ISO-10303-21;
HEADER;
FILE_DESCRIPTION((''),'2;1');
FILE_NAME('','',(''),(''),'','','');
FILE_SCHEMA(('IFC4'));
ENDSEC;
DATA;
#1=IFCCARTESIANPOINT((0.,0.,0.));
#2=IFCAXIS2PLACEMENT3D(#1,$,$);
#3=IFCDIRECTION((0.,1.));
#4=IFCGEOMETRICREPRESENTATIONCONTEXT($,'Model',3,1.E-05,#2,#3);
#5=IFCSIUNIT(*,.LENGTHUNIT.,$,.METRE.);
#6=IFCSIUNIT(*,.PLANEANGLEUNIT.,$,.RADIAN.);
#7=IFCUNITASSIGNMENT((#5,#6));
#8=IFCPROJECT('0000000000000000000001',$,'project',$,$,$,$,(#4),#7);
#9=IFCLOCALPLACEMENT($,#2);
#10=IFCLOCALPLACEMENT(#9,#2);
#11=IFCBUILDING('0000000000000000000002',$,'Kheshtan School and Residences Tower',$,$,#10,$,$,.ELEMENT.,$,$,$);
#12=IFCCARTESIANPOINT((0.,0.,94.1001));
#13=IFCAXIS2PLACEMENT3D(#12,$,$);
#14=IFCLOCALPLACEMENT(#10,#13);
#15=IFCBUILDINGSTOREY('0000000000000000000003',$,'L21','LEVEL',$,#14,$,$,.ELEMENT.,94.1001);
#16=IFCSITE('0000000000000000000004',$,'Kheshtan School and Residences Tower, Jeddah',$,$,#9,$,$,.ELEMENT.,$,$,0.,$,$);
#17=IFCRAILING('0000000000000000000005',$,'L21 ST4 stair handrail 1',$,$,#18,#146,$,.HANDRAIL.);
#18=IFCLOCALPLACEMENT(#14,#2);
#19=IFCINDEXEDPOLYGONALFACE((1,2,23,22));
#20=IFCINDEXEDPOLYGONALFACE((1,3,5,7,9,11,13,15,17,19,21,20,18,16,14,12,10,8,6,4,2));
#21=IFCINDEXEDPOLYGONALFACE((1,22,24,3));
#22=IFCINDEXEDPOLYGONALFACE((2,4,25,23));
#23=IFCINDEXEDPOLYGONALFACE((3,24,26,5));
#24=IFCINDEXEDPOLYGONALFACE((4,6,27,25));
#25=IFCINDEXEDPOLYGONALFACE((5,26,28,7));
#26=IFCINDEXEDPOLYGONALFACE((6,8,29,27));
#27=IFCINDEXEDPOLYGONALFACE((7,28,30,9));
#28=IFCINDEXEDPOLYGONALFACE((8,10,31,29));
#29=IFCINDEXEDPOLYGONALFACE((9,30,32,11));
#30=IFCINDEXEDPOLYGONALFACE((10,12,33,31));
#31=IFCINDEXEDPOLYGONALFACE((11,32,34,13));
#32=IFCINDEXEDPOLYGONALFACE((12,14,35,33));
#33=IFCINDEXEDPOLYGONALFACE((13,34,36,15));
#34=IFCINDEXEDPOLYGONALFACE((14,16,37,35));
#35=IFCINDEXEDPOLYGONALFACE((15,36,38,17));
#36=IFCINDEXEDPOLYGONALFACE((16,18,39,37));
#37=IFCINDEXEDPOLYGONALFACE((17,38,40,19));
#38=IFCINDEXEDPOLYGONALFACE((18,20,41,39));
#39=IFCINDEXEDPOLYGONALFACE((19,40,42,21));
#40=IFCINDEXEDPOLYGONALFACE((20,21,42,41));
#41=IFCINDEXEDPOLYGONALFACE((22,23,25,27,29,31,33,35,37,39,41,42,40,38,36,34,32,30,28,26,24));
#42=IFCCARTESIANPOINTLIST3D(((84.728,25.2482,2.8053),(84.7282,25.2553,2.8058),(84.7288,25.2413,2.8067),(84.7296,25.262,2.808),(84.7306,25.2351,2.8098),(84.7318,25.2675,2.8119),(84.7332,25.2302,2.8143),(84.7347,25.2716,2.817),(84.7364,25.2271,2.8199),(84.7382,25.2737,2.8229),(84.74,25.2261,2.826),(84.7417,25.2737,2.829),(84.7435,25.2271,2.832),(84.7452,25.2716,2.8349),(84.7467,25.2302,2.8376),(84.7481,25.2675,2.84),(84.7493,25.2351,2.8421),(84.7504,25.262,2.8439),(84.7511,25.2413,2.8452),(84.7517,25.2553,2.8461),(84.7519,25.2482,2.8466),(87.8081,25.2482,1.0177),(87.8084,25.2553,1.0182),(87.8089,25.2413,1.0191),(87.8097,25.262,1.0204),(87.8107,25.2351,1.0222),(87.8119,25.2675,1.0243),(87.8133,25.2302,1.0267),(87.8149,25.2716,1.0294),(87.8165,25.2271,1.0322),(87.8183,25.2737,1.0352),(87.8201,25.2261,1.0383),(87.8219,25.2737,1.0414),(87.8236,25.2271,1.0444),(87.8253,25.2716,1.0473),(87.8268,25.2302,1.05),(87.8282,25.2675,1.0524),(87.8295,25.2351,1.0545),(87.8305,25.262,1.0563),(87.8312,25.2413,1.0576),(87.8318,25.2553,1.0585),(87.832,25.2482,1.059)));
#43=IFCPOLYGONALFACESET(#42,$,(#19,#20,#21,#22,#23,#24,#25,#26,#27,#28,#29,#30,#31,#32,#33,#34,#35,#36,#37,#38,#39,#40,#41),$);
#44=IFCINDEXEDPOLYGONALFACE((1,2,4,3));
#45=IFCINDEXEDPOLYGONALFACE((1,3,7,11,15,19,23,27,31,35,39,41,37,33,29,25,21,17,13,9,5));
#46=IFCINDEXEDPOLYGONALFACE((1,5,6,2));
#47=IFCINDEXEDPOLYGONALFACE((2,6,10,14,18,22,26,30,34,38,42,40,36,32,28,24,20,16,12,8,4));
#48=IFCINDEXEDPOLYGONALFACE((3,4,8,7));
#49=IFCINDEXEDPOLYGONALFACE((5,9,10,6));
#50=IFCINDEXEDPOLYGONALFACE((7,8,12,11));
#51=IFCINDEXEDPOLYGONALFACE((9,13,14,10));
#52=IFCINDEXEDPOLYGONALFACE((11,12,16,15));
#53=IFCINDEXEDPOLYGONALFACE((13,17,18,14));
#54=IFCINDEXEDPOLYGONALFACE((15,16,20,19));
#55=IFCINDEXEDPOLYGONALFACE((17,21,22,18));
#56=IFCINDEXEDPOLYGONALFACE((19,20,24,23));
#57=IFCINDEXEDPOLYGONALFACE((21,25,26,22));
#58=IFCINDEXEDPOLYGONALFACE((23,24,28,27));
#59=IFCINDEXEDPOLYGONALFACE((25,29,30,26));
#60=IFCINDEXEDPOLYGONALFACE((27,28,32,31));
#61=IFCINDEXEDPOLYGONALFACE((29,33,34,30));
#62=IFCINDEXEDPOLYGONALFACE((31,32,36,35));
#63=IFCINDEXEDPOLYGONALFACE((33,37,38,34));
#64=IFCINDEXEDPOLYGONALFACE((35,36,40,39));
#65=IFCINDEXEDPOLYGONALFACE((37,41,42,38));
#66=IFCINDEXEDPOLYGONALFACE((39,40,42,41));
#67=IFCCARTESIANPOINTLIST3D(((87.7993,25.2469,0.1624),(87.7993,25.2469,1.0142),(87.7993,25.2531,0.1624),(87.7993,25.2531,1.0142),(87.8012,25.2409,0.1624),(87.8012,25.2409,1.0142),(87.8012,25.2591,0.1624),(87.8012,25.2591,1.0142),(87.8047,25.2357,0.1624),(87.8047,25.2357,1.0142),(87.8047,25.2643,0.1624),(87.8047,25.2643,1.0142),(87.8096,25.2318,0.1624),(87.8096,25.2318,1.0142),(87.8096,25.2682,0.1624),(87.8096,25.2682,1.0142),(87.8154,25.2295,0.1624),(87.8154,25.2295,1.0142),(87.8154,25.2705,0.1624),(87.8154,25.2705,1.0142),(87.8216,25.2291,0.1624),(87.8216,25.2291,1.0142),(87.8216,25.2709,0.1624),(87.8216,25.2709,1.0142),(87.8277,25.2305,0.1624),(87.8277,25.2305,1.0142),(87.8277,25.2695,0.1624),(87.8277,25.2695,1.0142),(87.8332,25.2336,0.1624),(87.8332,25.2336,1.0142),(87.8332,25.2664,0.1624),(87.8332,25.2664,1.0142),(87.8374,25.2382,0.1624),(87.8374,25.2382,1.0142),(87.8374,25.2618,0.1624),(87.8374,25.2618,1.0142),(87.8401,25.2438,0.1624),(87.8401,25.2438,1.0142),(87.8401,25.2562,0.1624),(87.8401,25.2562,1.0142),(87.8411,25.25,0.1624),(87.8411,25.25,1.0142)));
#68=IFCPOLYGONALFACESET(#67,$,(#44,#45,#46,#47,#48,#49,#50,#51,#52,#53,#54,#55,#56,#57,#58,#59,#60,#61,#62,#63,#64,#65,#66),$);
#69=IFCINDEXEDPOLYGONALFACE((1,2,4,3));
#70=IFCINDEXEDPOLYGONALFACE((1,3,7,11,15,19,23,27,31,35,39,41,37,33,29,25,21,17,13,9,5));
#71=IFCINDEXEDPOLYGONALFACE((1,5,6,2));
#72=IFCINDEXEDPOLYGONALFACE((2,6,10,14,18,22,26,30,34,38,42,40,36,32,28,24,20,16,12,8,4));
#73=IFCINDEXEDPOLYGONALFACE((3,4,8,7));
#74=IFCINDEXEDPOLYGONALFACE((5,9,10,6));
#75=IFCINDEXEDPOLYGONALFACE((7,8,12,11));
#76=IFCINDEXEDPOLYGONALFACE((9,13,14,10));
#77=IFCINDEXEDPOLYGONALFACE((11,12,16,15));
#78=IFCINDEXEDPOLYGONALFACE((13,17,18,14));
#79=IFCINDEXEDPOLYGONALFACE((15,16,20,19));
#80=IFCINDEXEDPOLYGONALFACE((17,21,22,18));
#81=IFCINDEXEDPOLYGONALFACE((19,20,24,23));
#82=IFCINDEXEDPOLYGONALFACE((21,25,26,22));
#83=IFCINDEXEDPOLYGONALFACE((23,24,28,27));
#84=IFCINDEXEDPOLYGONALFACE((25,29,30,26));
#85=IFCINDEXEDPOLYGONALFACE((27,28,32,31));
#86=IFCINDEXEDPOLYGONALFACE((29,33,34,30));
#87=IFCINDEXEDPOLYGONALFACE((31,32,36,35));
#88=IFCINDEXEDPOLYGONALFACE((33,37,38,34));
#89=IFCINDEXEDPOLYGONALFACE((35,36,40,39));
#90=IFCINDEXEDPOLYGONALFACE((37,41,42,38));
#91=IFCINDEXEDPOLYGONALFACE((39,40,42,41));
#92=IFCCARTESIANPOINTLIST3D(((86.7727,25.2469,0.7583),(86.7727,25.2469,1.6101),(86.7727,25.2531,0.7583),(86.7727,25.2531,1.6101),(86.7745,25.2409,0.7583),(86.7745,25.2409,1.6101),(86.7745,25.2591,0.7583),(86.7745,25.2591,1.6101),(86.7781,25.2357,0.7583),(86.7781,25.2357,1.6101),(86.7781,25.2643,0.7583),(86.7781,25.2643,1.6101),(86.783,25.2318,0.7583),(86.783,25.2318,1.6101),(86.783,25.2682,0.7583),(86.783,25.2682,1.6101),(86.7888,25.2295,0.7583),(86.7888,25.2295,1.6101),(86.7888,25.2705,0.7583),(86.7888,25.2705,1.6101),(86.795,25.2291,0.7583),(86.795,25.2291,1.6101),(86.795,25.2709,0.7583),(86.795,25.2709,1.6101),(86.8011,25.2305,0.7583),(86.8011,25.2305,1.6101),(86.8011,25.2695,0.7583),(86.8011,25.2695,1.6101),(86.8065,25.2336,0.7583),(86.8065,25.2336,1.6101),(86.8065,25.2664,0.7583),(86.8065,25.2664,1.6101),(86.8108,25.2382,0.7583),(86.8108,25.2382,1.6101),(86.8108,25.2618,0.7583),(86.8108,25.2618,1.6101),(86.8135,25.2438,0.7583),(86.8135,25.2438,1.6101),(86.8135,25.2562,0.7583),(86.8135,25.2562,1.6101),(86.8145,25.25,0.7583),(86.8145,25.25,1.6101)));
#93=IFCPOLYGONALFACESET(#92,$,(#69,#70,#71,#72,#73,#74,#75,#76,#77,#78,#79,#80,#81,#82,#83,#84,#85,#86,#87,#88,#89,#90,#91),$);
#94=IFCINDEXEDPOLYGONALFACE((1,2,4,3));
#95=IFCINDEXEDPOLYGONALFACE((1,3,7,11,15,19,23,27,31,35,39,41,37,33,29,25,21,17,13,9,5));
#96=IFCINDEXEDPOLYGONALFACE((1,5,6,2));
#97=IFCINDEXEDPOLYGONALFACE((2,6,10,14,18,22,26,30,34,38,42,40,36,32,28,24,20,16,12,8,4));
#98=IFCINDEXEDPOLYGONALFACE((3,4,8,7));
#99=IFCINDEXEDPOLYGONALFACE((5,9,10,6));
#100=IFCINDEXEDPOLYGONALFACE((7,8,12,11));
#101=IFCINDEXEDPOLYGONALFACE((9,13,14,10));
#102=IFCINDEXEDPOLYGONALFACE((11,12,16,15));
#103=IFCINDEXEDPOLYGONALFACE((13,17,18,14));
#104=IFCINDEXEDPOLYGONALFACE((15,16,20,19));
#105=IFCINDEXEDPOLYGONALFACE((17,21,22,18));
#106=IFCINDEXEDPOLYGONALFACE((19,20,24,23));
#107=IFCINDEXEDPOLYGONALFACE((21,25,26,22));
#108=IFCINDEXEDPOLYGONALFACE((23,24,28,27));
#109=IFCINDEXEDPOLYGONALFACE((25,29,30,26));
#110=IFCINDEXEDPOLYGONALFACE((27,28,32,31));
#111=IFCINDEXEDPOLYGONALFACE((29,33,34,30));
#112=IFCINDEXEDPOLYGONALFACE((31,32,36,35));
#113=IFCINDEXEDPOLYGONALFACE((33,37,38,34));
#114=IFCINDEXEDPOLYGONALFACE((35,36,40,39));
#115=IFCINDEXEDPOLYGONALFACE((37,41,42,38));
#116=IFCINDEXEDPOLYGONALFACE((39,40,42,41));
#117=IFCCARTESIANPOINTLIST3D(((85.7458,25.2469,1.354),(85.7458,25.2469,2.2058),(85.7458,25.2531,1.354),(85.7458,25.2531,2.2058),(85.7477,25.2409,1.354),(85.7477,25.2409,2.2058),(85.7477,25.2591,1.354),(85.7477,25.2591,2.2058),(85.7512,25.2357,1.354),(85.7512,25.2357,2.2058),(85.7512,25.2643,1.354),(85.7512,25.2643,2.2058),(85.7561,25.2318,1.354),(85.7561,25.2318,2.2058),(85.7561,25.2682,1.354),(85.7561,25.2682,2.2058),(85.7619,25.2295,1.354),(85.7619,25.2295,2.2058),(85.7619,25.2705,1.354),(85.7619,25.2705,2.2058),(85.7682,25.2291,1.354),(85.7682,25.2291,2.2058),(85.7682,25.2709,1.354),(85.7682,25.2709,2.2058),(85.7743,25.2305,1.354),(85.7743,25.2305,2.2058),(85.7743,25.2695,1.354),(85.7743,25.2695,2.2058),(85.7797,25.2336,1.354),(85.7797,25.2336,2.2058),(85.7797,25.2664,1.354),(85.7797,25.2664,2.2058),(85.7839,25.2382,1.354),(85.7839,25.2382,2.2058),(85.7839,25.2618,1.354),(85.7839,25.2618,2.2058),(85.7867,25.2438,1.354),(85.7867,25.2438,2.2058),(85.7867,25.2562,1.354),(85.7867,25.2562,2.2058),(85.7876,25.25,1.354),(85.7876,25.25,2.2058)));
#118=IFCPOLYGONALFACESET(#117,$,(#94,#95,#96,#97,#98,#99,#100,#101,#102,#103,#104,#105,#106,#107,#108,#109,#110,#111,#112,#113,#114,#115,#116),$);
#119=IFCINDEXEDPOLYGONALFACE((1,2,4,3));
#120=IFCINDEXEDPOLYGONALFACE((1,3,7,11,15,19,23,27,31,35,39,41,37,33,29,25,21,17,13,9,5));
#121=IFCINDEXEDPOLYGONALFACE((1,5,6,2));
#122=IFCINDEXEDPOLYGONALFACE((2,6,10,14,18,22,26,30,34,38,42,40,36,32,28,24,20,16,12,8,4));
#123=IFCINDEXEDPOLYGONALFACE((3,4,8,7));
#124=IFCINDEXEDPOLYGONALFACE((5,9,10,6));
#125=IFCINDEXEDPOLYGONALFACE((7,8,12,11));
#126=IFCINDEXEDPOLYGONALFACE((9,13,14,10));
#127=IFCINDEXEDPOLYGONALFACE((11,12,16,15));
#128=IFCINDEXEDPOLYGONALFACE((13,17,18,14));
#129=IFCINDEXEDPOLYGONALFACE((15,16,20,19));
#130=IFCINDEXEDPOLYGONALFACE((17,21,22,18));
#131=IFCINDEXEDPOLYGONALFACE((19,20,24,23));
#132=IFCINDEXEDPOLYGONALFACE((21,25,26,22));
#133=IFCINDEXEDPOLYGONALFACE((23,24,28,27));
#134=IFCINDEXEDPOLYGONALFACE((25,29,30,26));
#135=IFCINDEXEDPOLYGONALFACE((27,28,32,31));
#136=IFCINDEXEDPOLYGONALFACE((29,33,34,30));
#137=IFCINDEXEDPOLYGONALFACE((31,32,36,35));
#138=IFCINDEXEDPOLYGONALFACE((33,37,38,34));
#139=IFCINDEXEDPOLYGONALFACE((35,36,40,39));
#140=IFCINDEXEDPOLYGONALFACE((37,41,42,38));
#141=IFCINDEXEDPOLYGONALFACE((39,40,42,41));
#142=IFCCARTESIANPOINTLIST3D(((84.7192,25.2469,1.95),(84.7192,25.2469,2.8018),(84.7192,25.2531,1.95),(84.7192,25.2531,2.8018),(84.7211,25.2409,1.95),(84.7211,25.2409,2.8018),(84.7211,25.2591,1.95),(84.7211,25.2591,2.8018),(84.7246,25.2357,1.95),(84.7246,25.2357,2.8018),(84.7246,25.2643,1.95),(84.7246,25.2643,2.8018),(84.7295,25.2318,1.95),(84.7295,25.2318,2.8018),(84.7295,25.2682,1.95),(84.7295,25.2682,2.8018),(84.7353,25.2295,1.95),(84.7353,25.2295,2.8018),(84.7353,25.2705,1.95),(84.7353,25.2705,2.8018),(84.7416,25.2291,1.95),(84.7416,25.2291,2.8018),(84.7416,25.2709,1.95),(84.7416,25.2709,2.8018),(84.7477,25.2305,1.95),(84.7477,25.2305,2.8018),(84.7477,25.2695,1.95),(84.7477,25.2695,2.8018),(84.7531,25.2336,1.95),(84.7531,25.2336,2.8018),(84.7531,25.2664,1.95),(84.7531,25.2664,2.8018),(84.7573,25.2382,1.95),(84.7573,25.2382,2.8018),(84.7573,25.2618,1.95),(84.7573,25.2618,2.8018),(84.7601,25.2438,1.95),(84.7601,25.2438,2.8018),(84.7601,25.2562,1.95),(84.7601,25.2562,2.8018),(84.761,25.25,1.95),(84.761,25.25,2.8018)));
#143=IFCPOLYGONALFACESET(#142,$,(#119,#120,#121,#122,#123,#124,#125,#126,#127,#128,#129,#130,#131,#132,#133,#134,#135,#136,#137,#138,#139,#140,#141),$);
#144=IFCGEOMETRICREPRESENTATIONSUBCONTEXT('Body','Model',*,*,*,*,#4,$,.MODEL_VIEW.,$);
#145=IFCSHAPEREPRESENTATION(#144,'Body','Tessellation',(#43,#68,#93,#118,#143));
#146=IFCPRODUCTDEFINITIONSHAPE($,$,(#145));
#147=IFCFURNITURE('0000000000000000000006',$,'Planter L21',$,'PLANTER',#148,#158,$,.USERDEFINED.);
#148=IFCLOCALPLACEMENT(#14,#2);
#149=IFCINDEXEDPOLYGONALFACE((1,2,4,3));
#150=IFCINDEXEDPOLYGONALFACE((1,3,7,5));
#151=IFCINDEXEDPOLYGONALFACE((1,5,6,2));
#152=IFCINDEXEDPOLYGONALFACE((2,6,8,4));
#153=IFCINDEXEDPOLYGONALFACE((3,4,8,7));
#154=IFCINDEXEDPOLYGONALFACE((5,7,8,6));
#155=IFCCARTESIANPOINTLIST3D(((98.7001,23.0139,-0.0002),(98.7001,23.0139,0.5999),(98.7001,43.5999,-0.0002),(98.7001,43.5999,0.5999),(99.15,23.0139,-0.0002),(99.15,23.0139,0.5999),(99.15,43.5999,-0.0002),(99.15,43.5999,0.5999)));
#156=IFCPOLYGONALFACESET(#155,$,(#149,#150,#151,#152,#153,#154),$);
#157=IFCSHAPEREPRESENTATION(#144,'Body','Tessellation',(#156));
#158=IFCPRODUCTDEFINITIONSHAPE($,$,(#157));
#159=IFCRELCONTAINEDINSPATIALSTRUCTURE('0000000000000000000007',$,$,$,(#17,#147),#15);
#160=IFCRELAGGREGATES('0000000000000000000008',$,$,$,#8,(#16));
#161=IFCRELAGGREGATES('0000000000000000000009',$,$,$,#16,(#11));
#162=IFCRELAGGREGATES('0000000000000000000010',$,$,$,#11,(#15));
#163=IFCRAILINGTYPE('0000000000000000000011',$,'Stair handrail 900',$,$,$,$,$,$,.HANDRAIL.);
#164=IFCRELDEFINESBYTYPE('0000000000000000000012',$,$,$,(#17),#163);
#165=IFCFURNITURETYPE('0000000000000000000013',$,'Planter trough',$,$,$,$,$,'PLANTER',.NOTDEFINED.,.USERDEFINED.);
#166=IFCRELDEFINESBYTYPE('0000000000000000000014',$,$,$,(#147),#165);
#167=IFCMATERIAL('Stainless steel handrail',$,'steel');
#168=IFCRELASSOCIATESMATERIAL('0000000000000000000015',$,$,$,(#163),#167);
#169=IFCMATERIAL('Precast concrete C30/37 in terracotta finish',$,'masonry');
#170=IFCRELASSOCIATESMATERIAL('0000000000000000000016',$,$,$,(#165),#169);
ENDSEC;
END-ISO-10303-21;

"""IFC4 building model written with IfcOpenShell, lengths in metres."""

from ifc_helpers import new_model, si_unit, direction, frame, origin, origin_2d, place, context, subcontext, project, spatial, rectangle, circle, extrude, material, type_object, element, save


model = new_model("IFC4")

# Units and contexts
model_context = context("Model", 3, precision=1e-05, world=origin(), true_north=direction((0.0, 1.0)))
body_context = subcontext(model_context, "Body", "Model", "MODEL_VIEW")
ifc_project = project(units=[si_unit("LENGTHUNIT", "METRE"), si_unit("PLANEANGLEUNIT", "RADIAN")], contexts=[model_context])

# Site, building, storey
site_placement = place(None, origin())
site = spatial("IfcSite", under=ifc_project, at=site_placement, Name="Kheshtan School and Residences Tower, Jeddah", CompositionType="ELEMENT", RefElevation=0.0)
building_placement = place(site_placement, origin())
building = spatial("IfcBuilding", under=site, at=building_placement, Name="Kheshtan School and Residences Tower", CompositionType="ELEMENT")
storey_placement = place(building_placement, frame((0.0, 0.0, 94.1001)))
storey = spatial("IfcBuildingStorey", under=building, at=storey_placement, Name="L21", Description="LEVEL", CompositionType="ELEMENT", Elevation=94.1001)

# Railing
ifc_material_1 = material(Name="Stainless steel handrail", Category="steel")
railing_type_1 = type_object("IfcRailingType", Name="Stair handrail 900", PredefinedType="HANDRAIL", material=ifc_material_1)
railing_1_placement = place(storey_placement, frame((87.8201, 25.25, 0.1624)))
element("IfcRailing", 1, at=railing_1_placement, inside=storey, type_object=railing_type_1, Name="L21 ST4 stair handrail 1", PredefinedType="HANDRAIL", context=body_context, shape_type="SweptSolid", body=[
    extrude(circle(Radius=0.0239, at=origin_2d()), frame((0.0, 0.0, 0.876), z_axis=(-0.864891, 0.0, 0.50196), x_axis=(0.0, -1.0, 0.0)), (0.0, 0.0, 1.0), 3.5613),
    extrude(circle(Radius=0.021, at=origin_2d()), origin(), (0.0, 0.0, 1.0), 0.8518),
    extrude(circle(Radius=0.021, at=origin_2d()), frame((-1.0266, 0.0, 0.5959)), (0.0, 0.0, 1.0), 0.8518),
    extrude(circle(Radius=0.021, at=origin_2d()), frame((-2.0535, 0.0, 1.1917)), (0.0, 0.0, 1.0), 0.8518),
    extrude(circle(Radius=0.021, at=origin_2d()), frame((-3.0801, 0.0, 1.7876)), (0.0, 0.0, 1.0), 0.8518),
])

# Furniture
ifc_material_2 = material(Name="Precast concrete C30/37 in terracotta finish", Category="masonry")
furniture_type = type_object("IfcFurnitureType", Name="Planter trough", ElementType="PLANTER", AssemblyPlace="NOTDEFINED", PredefinedType="USERDEFINED", material=ifc_material_2)
furniture_placement = place(storey_placement, frame((98.925, 33.3069, -0.0002), z_axis=(0.0, 0.0, 1.0), x_axis=(0.0, -1.0, 0.0)))
element("IfcFurniture", 2, at=furniture_placement, inside=storey, type_object=furniture_type, Name="Planter L21", ObjectType="PLANTER", PredefinedType="USERDEFINED", context=body_context, shape_type="SweptSolid", body=[
    extrude(rectangle(XDim=20.5859, YDim=0.45, at=origin_2d()), origin(), (0.0, 0.0, 1.0), 0.6001),
])

save(model, "model.ifc")
